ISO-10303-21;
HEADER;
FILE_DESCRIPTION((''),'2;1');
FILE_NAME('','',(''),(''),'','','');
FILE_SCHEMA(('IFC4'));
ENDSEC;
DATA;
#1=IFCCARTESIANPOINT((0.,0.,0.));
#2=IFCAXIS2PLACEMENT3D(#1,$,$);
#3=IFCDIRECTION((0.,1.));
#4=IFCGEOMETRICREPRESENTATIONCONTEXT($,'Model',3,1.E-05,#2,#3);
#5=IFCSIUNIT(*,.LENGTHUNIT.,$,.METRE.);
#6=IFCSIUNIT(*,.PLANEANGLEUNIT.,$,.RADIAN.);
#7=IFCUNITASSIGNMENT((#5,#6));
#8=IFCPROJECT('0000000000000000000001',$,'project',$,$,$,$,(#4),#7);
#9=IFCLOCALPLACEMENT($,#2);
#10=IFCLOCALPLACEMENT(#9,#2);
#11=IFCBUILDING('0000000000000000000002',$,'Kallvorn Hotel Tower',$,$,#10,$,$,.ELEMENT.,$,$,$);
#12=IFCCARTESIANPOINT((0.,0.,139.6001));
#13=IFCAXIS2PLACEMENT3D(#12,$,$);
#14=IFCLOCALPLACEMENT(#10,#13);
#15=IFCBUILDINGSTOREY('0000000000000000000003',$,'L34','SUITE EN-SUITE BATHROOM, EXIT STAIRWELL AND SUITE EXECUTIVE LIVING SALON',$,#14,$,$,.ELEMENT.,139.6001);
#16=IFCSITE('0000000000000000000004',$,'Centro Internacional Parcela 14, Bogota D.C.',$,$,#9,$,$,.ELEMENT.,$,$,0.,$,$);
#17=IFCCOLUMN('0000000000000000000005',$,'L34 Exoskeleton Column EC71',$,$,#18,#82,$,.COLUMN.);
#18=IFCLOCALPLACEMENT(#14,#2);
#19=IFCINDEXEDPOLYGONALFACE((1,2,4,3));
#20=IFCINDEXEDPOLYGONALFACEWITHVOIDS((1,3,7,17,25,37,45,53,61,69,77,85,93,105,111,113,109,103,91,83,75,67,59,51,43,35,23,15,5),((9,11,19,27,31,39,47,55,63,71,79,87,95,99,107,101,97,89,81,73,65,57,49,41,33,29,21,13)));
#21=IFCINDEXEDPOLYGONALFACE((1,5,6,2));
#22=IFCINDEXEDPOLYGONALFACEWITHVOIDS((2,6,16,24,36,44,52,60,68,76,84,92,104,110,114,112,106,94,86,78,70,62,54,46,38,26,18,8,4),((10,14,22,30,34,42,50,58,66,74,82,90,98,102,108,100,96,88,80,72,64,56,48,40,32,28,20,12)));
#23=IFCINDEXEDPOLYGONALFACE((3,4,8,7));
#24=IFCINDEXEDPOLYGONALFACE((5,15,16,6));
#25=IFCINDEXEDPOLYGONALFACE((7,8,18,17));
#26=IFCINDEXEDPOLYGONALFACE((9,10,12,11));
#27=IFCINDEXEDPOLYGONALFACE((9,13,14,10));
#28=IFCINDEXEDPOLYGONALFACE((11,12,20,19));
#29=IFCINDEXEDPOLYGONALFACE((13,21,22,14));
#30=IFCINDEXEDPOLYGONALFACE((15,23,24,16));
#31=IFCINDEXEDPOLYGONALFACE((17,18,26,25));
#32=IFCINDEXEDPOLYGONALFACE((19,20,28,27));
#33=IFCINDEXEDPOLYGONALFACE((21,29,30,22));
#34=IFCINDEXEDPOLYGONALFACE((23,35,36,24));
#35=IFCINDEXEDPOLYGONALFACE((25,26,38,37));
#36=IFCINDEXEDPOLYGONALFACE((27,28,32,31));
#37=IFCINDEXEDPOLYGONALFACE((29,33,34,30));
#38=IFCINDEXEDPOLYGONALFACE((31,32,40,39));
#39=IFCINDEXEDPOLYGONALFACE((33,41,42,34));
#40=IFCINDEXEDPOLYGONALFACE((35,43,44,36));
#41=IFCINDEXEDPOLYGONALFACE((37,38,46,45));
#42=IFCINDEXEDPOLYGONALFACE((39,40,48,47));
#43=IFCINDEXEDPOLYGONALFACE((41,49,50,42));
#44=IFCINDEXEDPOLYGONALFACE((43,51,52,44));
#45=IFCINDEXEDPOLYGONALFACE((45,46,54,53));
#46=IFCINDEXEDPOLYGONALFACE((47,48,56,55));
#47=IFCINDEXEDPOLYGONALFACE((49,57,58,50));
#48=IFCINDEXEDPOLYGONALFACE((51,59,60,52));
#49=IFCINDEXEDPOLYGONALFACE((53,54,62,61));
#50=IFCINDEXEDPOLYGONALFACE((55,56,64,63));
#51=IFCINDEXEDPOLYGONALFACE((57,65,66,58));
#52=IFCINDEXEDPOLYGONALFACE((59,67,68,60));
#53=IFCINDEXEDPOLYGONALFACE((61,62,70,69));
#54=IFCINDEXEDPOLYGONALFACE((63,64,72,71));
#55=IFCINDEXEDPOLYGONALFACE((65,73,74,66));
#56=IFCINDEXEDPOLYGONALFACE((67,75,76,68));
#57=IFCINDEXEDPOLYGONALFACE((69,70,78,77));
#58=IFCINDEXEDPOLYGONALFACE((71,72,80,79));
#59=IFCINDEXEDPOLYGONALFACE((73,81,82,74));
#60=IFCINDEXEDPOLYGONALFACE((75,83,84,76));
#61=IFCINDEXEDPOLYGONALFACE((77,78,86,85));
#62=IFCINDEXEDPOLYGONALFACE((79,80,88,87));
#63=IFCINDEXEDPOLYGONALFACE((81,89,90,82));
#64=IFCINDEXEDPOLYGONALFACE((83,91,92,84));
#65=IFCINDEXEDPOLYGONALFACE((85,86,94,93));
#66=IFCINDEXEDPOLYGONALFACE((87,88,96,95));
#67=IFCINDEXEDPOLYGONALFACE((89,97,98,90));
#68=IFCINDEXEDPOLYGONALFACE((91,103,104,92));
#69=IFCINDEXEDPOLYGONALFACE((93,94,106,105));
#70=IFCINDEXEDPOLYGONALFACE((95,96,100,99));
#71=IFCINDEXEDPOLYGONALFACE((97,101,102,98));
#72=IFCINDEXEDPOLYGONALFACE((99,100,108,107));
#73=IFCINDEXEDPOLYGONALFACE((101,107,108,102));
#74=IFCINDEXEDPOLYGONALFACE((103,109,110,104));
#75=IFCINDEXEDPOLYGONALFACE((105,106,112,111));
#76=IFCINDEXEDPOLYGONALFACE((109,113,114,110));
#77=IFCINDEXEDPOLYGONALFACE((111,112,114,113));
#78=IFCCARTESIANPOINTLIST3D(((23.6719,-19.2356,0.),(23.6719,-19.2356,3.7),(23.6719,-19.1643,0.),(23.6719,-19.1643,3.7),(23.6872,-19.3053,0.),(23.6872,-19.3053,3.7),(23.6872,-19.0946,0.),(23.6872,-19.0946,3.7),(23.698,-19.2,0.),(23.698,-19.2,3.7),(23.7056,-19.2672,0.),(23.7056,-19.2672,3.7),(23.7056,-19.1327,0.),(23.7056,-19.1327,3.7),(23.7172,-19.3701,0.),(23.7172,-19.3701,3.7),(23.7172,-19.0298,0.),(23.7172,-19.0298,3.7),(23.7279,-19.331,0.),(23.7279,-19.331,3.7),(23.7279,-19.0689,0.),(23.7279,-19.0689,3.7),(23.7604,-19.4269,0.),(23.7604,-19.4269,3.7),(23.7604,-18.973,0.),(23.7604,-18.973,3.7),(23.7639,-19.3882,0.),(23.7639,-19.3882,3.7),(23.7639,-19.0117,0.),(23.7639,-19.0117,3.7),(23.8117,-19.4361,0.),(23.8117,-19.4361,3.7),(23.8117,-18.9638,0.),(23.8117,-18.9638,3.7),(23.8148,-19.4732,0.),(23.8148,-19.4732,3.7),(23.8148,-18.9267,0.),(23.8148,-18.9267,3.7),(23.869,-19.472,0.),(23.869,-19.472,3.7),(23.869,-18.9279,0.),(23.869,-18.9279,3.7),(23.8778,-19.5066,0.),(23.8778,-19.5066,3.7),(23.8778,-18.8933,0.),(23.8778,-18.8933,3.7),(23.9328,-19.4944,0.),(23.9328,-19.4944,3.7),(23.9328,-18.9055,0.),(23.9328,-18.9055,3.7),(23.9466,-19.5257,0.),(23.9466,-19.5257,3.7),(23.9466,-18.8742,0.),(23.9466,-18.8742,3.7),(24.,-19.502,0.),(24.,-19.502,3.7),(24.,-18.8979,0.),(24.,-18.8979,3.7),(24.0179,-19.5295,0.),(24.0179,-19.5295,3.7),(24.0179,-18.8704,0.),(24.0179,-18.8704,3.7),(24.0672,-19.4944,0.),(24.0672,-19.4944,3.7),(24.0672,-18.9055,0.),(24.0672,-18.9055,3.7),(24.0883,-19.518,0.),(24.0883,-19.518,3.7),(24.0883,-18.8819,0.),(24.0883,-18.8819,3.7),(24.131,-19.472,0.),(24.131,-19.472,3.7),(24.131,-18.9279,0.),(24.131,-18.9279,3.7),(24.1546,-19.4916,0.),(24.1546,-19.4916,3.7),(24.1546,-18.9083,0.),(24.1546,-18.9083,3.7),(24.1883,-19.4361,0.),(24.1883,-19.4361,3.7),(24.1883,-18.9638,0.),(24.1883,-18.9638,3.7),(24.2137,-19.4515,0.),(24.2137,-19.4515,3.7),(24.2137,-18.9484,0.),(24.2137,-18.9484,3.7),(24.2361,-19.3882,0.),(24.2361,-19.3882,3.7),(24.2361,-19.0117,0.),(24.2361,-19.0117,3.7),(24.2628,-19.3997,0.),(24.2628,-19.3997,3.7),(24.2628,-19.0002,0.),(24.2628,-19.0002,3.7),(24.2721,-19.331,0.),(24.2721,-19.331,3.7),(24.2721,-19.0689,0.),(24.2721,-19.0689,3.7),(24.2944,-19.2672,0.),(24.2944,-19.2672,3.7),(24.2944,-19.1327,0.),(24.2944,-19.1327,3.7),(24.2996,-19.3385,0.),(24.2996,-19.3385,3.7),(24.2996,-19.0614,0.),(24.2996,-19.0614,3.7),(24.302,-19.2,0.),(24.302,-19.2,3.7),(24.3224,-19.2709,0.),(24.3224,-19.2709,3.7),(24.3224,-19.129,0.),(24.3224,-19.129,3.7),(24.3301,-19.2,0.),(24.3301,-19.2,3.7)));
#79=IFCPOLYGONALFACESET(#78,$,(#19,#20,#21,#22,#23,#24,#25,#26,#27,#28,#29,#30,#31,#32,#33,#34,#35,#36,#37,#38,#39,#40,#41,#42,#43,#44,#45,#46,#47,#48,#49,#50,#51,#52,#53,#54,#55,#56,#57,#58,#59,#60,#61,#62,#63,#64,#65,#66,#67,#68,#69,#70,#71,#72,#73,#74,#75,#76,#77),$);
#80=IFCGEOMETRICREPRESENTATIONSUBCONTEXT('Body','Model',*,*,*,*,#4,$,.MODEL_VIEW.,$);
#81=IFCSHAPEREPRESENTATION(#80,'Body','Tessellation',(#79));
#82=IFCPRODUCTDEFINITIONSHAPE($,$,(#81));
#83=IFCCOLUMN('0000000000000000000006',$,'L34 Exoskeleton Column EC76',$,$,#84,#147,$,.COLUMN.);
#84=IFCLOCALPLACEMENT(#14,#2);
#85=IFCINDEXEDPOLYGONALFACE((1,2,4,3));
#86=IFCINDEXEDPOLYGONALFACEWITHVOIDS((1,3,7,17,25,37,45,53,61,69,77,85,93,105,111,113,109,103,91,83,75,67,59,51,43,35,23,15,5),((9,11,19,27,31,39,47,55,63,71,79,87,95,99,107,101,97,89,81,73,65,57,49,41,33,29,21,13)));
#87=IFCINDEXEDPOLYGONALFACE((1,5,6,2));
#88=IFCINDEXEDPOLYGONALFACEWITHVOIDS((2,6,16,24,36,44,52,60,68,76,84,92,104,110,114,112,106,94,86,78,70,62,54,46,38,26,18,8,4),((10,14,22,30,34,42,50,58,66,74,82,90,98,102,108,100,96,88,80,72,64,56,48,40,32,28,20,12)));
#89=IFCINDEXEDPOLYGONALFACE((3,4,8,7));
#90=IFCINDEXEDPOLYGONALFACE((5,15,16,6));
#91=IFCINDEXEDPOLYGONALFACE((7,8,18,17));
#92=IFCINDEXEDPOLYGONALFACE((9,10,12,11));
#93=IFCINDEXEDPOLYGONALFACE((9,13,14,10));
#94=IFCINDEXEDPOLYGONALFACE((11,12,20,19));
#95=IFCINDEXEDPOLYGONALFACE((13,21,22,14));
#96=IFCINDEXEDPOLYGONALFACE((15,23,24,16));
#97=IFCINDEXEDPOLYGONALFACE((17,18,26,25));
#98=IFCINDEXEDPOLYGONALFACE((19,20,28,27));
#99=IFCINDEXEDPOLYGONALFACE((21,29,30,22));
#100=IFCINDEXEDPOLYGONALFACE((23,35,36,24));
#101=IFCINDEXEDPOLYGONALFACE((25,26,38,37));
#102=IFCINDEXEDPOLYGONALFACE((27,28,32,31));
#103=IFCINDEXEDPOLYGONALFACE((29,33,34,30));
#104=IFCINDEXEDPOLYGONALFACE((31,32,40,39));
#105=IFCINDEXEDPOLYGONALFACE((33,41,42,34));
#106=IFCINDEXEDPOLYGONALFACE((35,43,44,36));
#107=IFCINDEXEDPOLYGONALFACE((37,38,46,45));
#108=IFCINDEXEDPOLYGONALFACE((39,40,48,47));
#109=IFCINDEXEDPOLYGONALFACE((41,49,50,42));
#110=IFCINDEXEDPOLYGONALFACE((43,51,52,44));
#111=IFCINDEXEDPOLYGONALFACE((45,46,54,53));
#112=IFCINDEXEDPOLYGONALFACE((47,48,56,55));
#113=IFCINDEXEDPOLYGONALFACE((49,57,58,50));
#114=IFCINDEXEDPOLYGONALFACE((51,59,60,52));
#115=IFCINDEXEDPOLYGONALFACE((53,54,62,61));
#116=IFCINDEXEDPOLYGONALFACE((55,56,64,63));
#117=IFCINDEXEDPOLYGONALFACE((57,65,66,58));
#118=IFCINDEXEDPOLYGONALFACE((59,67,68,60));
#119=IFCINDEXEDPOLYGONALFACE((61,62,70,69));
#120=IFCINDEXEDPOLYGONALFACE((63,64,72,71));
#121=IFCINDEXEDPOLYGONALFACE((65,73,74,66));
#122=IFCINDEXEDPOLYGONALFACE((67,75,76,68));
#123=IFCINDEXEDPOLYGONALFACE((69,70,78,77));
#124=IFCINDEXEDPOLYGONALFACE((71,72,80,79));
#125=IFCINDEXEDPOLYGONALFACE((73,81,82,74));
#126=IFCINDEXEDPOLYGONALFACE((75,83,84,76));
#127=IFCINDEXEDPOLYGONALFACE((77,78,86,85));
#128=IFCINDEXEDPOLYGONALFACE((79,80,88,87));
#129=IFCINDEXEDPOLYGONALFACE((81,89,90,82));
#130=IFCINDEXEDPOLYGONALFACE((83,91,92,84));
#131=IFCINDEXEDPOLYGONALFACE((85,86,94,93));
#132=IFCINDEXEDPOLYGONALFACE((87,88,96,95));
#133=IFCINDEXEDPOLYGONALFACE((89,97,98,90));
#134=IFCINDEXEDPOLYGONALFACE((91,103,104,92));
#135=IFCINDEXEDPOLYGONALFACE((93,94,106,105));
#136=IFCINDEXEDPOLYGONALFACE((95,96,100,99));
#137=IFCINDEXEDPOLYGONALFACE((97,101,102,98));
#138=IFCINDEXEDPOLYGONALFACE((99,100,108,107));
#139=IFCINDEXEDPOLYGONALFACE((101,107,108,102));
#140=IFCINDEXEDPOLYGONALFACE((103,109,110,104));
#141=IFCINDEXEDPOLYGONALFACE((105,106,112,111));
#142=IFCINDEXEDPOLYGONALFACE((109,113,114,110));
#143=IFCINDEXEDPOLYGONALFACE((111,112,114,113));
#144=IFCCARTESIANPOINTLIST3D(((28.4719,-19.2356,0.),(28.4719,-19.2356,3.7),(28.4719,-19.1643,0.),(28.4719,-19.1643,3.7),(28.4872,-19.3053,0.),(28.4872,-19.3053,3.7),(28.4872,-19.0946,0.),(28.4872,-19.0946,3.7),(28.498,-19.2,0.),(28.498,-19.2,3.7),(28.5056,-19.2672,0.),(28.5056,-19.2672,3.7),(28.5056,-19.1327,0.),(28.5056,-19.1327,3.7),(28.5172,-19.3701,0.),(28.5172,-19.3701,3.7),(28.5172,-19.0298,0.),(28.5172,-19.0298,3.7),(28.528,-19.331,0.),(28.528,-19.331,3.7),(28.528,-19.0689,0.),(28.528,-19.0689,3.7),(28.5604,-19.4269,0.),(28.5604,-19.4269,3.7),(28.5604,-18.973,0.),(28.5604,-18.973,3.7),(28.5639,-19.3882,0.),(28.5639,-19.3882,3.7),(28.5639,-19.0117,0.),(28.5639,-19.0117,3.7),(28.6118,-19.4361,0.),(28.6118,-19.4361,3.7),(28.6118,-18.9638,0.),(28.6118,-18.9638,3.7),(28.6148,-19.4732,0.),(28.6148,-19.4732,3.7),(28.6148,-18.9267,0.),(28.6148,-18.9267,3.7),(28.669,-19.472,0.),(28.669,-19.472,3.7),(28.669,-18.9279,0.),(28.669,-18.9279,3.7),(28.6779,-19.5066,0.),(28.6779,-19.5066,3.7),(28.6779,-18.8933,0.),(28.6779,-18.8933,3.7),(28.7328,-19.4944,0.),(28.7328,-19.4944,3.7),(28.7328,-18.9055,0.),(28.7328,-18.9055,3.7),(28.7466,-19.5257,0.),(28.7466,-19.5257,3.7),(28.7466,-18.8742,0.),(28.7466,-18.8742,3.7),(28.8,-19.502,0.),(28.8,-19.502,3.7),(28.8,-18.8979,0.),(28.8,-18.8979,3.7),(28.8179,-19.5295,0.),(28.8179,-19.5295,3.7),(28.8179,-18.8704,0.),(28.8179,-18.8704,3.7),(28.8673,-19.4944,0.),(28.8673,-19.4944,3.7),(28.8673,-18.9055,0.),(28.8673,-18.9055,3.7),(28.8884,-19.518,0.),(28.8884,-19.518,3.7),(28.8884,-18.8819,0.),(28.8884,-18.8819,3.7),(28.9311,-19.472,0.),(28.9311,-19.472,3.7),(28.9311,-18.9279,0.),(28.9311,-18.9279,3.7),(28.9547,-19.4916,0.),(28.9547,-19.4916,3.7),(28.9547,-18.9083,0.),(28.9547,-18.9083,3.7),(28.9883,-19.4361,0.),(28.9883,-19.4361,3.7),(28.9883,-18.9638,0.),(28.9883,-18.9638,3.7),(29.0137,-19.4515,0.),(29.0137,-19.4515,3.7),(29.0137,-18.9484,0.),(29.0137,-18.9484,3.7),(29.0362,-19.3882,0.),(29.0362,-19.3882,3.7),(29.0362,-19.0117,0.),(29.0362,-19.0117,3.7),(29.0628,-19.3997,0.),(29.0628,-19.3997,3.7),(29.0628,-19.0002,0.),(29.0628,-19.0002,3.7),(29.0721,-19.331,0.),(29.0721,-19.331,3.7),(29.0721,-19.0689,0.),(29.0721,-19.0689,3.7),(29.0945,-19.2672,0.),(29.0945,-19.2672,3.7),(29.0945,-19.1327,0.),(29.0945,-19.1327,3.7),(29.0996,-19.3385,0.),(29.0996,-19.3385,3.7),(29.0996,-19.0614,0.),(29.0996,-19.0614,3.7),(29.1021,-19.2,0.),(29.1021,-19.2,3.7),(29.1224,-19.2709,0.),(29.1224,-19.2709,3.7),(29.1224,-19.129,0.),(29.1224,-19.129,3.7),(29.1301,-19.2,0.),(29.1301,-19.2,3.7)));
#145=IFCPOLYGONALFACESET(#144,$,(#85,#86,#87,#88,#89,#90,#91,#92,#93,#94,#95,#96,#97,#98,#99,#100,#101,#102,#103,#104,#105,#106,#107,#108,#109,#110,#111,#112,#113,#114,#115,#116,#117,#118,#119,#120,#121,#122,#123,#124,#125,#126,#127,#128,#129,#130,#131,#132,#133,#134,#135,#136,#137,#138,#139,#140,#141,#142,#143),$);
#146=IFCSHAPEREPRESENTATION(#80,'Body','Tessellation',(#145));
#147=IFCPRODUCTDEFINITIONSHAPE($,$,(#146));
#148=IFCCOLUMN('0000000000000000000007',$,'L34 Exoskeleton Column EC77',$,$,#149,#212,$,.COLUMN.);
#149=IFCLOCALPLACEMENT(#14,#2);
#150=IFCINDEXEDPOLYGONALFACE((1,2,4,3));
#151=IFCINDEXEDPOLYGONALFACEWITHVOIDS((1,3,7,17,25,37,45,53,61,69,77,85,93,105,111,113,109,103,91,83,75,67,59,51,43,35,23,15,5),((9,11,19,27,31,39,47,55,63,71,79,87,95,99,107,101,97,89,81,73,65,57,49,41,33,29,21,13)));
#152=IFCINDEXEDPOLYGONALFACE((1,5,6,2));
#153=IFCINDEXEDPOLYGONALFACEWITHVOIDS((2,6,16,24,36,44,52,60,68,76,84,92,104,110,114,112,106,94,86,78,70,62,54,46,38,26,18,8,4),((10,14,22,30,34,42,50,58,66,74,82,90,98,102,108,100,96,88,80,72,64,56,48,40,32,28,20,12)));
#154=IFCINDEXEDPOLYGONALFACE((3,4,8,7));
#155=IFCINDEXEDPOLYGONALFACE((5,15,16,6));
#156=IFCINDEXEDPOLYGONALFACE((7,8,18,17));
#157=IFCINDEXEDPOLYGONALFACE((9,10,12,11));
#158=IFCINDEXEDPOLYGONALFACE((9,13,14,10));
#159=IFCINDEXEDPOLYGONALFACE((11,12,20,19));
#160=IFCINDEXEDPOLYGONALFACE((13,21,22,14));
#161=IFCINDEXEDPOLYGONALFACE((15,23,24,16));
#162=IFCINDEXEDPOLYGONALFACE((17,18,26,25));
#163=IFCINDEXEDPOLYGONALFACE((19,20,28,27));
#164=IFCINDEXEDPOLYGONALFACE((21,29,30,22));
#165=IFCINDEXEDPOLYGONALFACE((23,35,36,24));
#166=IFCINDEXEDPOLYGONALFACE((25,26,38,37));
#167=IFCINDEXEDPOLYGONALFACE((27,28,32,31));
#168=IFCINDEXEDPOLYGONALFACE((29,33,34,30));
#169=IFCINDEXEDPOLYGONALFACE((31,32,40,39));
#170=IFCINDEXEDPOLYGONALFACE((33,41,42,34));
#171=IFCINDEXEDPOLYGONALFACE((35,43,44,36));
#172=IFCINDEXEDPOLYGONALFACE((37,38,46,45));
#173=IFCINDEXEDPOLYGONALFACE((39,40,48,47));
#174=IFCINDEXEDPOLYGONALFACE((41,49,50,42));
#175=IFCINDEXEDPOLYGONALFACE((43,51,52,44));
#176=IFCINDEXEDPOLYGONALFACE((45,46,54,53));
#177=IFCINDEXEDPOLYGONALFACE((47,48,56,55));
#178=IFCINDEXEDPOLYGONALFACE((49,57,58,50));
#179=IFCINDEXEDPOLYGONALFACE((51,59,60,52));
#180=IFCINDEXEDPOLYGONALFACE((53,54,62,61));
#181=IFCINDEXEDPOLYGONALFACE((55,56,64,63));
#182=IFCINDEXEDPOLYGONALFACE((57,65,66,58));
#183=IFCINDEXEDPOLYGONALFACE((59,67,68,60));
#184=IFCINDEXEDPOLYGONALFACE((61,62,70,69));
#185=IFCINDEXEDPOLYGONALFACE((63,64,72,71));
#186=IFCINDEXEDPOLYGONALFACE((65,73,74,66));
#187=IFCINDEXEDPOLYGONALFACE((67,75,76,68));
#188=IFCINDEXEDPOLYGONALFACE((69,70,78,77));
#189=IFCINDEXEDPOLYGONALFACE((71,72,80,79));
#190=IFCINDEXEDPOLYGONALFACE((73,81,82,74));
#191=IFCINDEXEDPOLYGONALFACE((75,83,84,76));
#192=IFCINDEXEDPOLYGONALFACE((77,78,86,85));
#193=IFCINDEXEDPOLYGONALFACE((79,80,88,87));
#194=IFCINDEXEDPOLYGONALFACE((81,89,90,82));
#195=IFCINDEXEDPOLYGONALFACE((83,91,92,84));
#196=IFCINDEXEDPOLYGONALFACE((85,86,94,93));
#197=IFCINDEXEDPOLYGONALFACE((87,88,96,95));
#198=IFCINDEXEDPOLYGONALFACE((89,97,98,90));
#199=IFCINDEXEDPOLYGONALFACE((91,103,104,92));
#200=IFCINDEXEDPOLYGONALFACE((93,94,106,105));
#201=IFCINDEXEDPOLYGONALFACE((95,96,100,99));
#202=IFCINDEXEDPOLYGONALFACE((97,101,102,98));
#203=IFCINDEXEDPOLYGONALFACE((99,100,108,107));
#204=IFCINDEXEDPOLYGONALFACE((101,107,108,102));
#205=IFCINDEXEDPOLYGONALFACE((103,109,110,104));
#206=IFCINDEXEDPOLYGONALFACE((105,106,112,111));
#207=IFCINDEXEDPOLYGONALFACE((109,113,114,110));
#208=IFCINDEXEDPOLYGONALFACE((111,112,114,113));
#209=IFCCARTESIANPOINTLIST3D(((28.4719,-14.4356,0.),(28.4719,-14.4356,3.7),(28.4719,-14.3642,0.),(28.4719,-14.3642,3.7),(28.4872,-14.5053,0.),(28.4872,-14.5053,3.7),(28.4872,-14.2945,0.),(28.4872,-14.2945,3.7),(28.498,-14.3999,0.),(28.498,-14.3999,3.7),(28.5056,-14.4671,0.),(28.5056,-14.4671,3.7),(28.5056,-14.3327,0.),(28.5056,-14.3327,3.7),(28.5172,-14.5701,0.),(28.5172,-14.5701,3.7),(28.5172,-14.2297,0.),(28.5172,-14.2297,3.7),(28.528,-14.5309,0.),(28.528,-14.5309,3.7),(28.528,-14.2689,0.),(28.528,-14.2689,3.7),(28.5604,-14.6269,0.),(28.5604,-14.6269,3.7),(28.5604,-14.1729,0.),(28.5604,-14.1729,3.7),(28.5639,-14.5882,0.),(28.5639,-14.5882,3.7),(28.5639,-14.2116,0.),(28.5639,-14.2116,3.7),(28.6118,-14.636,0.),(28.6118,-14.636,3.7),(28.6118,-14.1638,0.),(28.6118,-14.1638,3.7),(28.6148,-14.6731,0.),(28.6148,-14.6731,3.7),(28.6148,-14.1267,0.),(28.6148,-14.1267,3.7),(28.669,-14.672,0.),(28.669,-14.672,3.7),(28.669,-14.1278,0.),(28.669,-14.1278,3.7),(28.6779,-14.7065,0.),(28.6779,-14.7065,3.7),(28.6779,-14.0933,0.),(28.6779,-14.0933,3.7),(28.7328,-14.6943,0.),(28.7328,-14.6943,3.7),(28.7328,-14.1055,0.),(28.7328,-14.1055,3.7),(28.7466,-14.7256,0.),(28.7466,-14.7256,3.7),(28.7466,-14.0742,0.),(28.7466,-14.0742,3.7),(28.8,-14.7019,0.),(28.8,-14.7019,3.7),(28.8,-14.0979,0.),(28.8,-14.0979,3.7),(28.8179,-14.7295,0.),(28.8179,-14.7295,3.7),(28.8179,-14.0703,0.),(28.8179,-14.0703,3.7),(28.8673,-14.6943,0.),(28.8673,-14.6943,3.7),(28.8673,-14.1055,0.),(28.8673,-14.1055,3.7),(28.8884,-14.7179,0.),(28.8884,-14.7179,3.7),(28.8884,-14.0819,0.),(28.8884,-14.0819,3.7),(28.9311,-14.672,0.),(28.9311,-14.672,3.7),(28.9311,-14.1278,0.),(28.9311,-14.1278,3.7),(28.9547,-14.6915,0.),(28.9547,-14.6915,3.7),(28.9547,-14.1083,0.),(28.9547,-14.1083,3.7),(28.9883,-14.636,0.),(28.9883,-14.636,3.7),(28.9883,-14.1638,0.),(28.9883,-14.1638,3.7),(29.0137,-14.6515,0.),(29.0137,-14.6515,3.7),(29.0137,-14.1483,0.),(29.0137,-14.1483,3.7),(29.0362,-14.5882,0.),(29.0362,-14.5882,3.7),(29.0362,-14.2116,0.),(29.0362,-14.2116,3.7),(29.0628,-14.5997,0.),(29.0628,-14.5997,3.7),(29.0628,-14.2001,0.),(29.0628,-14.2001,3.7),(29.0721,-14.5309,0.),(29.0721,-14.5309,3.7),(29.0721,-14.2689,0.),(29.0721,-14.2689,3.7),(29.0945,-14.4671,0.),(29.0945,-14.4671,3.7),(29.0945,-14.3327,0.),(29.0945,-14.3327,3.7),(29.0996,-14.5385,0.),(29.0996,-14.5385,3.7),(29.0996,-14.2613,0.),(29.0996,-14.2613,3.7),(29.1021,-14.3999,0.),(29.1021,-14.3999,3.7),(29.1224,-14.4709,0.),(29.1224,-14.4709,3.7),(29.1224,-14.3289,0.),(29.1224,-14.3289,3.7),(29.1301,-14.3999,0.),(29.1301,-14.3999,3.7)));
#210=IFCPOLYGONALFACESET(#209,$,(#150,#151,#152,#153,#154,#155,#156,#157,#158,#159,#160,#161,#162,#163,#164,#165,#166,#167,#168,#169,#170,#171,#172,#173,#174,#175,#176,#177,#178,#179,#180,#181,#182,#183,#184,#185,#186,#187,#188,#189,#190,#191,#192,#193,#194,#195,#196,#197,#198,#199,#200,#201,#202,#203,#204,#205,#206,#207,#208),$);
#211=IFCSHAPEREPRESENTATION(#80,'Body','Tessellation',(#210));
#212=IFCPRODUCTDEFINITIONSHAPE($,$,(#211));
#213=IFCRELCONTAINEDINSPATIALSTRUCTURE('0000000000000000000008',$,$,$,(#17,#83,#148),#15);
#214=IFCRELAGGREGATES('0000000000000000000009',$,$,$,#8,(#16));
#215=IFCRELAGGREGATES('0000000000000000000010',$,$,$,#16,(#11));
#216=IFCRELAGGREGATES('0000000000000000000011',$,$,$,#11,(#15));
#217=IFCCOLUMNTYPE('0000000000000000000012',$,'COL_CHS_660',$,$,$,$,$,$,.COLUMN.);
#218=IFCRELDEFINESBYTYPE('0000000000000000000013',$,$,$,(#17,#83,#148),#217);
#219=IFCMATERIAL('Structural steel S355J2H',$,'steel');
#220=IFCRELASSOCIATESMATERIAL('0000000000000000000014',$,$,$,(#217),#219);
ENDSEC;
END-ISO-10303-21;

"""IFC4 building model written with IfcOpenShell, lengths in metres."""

from ifc_helpers import new_model, si_unit, direction, frame, origin, origin_2d, place, context, subcontext, project, spatial, hollow_circle, extrude, material, material_profile, profile_set, type_object, element, save


model = new_model("IFC4")

# Units and contexts
model_context = context("Model", 3, precision=1e-05, world=origin(), true_north=direction((0.0, 1.0)))
body_context = subcontext(model_context, "Body", "Model", "MODEL_VIEW")
ifc_project = project(units=[si_unit("LENGTHUNIT", "METRE"), si_unit("PLANEANGLEUNIT", "RADIAN")], contexts=[model_context])

# Site, building, storey
site_placement = place(None, origin())
site = spatial("IfcSite", under=ifc_project, at=site_placement, Name="Centro Internacional Parcela 14, Bogota D.C.", CompositionType="ELEMENT", RefElevation=0.0)
building_placement = place(site_placement, origin())
building = spatial("IfcBuilding", under=site, at=building_placement, Name="Kallvorn Hotel Tower", CompositionType="ELEMENT")
storey_placement = place(building_placement, frame((0.0, 0.0, 139.6001)))
storey = spatial("IfcBuildingStorey", under=building, at=storey_placement, Name="L34", Description="SUITE EN-SUITE BATHROOM, EXIT STAIRWELL AND SUITE EXECUTIVE LIVING SALON", CompositionType="ELEMENT", Elevation=139.6001)

# Columns
ifc_material_1 = material(Name="Structural steel S355J2H", Category="steel")
ifc_material_profile_1 = material_profile(ifc_material_1, hollow_circle(Radius=0.3301, WallThickness=0.0281, at=origin_2d()), Name="CHS 660x28")
ifc_profile_set_1 = profile_set([ifc_material_profile_1], Name="Structural steel S355J2H")
column_type_1 = type_object("IfcColumnType", Name="COL_CHS_660", PredefinedType="COLUMN", material=ifc_profile_set_1)
for number, where, z_axis, x_axis, name in (
    (1, (24.0, -19.2, 0.0), (0.0, 0.0, 1.0), (1.0, 0.0, 0.0), "L34 Exoskeleton Column EC71"),
    (2, (28.8, -19.2, 0.0), (0.0, 0.0, 1.0), (1.0, 0.0, 0.0), "L34 Exoskeleton Column EC76"),
    (3, (28.8, -14.3999, 0.0), (0.0, 0.0, 1.0), (1.0, 0.0, 0.0), "L34 Exoskeleton Column EC77"),
):
    element("IfcColumn", number, at=place(storey_placement, frame(where, z_axis=z_axis, x_axis=x_axis)), inside=storey, type_object=column_type_1, Name=name, PredefinedType="COLUMN", context=body_context, shape_type="SweptSolid", body=[
        extrude(hollow_circle(Radius=0.3301, WallThickness=0.0281, at=origin_2d()), origin(), (0.0, 0.0, 1.0), 3.7),
    ])

save(model, "model.ifc")
